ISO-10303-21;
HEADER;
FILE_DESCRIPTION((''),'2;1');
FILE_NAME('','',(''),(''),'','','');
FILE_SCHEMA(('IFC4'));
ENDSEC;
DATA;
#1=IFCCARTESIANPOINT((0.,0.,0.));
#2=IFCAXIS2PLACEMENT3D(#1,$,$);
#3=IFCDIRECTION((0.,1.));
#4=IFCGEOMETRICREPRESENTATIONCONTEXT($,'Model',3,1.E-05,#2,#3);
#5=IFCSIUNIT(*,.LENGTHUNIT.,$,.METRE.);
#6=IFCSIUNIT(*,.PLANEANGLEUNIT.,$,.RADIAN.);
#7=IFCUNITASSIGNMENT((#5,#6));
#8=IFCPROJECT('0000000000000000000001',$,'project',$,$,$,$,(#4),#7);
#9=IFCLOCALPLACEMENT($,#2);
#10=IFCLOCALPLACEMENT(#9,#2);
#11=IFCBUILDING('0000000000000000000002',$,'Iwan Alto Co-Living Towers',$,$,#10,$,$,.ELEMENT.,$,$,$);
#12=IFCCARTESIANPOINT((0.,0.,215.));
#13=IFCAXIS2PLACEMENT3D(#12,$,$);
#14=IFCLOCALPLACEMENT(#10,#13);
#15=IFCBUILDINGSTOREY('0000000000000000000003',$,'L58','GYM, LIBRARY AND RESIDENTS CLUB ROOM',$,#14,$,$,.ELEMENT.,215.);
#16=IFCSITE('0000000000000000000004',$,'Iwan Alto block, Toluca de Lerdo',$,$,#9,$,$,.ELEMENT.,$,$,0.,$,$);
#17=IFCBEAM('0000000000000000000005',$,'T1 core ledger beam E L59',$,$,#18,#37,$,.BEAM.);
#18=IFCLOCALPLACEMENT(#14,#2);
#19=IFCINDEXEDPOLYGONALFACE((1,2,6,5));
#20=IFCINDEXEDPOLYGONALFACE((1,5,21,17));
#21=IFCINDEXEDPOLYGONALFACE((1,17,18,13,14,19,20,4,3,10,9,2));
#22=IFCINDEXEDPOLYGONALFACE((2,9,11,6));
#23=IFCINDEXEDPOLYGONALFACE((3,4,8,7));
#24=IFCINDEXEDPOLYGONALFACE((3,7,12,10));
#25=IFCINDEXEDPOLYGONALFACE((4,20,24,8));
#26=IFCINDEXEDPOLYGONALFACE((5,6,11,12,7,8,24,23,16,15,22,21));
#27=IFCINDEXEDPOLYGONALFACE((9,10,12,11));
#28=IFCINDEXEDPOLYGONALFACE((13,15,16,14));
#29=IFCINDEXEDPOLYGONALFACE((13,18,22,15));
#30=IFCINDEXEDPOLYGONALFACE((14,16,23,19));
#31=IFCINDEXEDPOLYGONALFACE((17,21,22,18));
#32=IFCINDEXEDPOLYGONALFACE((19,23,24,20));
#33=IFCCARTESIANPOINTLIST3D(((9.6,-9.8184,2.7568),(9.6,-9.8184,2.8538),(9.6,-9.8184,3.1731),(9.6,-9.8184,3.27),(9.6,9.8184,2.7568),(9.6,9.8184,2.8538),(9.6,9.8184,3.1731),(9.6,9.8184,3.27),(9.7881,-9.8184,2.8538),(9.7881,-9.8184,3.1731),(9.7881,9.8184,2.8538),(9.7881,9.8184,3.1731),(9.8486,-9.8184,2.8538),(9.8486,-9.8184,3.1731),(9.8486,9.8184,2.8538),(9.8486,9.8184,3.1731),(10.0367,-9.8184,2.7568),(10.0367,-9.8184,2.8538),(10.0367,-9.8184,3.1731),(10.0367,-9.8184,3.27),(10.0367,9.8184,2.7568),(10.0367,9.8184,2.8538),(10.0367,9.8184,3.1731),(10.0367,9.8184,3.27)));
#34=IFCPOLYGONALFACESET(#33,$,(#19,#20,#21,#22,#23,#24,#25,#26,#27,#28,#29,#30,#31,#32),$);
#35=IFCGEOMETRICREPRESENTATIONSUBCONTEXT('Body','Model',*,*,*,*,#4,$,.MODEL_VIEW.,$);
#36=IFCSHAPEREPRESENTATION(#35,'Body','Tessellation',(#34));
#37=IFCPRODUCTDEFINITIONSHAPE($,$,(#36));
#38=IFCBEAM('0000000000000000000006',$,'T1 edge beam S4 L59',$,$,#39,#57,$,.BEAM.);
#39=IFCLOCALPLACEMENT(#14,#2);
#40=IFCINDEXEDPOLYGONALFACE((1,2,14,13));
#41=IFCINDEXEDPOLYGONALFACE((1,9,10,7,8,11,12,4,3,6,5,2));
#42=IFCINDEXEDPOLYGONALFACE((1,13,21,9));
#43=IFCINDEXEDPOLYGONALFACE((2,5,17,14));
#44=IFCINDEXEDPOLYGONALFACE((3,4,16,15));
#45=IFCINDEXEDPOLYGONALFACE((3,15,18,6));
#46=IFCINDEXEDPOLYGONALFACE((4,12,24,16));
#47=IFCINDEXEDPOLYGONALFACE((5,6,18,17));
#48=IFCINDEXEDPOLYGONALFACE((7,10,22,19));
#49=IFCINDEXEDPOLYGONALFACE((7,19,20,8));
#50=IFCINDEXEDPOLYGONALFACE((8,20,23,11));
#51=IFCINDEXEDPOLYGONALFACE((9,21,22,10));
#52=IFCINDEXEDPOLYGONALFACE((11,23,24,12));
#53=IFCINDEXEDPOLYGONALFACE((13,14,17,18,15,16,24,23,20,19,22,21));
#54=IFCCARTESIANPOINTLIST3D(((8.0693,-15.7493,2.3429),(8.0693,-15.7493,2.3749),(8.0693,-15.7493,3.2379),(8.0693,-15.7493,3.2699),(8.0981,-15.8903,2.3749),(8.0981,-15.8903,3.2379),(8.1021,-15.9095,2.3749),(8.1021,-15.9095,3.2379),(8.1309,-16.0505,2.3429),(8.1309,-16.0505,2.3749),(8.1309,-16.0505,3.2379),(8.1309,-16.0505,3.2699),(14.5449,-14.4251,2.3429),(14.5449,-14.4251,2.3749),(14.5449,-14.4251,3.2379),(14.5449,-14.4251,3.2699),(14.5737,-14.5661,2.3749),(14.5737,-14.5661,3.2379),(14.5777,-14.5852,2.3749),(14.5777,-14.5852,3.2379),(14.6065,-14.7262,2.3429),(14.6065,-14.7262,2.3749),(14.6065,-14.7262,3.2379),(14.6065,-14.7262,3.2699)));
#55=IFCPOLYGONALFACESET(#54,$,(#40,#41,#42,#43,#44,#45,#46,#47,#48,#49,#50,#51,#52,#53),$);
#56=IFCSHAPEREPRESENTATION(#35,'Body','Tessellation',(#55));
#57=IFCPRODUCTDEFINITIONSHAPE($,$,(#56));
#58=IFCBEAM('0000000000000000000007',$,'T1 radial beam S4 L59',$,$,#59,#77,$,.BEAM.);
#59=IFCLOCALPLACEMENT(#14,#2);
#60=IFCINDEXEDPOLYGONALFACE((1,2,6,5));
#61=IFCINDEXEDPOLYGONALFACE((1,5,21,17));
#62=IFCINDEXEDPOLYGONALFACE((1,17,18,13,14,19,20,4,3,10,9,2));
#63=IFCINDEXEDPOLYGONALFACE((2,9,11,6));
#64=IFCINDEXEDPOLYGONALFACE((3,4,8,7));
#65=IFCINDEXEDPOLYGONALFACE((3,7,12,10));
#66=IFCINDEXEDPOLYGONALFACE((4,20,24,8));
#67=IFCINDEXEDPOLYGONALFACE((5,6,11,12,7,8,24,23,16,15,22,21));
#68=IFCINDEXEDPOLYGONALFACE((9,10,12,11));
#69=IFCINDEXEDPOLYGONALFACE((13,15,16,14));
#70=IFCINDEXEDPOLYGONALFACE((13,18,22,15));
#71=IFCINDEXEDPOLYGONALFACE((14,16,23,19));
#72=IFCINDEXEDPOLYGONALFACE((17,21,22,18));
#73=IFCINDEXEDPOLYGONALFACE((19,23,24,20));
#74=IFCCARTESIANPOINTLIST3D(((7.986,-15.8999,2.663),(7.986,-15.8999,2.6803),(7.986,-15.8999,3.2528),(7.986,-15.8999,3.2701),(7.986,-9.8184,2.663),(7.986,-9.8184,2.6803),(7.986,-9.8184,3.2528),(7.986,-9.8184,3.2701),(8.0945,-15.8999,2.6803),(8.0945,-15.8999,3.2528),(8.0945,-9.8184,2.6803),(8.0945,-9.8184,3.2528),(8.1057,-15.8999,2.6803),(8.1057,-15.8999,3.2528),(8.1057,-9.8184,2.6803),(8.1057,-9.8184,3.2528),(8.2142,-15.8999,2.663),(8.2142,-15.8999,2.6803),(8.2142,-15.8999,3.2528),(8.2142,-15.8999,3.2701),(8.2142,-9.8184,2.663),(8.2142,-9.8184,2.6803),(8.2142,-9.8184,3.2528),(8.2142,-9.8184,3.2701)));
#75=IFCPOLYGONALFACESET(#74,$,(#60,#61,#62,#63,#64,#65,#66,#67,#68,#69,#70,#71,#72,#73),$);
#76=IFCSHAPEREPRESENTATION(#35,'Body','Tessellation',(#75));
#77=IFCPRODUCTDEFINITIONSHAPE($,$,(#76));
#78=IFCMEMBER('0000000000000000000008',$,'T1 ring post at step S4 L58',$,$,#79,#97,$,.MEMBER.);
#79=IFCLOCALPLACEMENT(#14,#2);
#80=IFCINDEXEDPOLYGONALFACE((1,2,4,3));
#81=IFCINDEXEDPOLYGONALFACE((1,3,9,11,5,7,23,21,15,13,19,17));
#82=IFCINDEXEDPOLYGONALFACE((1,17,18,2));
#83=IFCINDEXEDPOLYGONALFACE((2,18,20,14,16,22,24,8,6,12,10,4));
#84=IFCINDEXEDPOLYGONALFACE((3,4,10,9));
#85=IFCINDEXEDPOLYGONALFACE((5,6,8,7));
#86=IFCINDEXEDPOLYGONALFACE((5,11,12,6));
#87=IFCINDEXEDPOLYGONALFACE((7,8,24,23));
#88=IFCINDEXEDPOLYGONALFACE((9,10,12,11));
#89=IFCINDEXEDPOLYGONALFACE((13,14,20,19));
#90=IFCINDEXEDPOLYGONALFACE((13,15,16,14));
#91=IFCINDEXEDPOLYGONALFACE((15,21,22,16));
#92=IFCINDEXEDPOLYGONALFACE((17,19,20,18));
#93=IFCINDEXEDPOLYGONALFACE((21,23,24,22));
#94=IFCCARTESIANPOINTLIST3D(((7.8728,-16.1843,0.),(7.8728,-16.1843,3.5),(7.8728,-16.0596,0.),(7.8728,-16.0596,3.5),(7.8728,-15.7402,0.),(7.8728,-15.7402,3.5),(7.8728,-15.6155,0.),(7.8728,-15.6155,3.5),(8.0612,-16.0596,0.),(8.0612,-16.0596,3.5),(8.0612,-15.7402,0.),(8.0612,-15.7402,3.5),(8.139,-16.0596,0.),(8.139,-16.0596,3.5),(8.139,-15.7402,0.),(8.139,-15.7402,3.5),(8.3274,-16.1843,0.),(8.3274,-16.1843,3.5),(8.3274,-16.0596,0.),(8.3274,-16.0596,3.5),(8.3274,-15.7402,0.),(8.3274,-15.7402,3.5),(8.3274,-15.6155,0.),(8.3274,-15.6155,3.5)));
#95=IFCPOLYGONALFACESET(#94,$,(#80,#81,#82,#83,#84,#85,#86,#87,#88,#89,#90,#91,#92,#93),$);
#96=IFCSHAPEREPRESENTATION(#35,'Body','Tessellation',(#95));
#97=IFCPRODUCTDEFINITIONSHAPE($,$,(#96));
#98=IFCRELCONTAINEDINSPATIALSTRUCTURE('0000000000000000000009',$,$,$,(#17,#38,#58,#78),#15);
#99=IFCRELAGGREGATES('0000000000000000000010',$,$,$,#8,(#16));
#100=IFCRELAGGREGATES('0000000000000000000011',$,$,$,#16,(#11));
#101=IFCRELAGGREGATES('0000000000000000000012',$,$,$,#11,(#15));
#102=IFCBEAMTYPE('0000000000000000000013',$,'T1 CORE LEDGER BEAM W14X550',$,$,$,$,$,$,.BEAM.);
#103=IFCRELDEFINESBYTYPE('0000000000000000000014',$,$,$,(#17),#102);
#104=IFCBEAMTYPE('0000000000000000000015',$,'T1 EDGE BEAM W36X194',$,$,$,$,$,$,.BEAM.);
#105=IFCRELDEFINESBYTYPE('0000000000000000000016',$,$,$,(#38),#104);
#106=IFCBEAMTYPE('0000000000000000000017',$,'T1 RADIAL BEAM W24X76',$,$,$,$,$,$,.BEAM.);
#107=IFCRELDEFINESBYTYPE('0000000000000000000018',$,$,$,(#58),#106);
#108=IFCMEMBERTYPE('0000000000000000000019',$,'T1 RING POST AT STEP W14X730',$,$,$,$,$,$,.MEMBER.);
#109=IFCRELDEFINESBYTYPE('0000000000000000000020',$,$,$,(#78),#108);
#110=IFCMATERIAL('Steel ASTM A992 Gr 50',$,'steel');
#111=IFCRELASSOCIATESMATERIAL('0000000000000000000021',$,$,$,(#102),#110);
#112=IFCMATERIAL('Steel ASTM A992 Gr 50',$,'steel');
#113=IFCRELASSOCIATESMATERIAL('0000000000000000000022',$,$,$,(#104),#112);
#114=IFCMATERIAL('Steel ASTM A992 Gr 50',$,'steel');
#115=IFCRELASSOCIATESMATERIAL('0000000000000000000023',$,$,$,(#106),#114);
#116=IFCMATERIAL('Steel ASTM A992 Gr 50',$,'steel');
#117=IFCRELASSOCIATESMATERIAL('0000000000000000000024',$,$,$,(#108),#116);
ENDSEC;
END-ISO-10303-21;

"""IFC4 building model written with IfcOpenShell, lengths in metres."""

from ifc_helpers import new_model, si_unit, direction, frame, origin, origin_2d, place, context, subcontext, project, spatial, i_section, extrude, material, material_profile, profile_set, type_object, element, save


model = new_model("IFC4")

# Units and contexts
model_context = context("Model", 3, precision=1e-05, world=origin(), true_north=direction((0.0, 1.0)))
body_context = subcontext(model_context, "Body", "Model", "MODEL_VIEW")
ifc_project = project(units=[si_unit("LENGTHUNIT", "METRE"), si_unit("PLANEANGLEUNIT", "RADIAN")], contexts=[model_context])

# Site, building, storey
site_placement = place(None, origin())
site = spatial("IfcSite", under=ifc_project, at=site_placement, Name="Iwan Alto block, Toluca de Lerdo", CompositionType="ELEMENT", RefElevation=0.0)
building_placement = place(site_placement, origin())
building = spatial("IfcBuilding", under=site, at=building_placement, Name="Iwan Alto Co-Living Towers", CompositionType="ELEMENT")
storey_placement = place(building_placement, frame((0.0, 0.0, 215.0)))
storey = spatial("IfcBuildingStorey", under=building, at=storey_placement, Name="L58", Description="GYM, LIBRARY AND RESIDENTS CLUB ROOM", CompositionType="ELEMENT", Elevation=215.0)

# Beams
ifc_material_1 = material(Name="Steel ASTM A992 Gr 50", Category="steel")
ifc_material_profile_1 = material_profile(ifc_material_1, i_section(OverallWidth=0.4368, OverallDepth=0.5132, WebThickness=0.0605, FlangeThickness=0.0969, at=origin_2d()), Name="W14X550")
ifc_profile_set_1 = profile_set([ifc_material_profile_1], Name="Steel ASTM A992 Gr 50")
beam_type_1 = type_object("IfcBeamType", Name="T1 CORE LEDGER BEAM W14X550", PredefinedType="BEAM", material=ifc_profile_set_1)
beam_1_placement = place(storey_placement, frame((9.8184, -9.8184, 3.0134), z_axis=(0.0, 1.0, 0.0), x_axis=(-1.0, 0.0, 0.0)))
element("IfcBeam", 1, at=beam_1_placement, inside=storey, type_object=beam_type_1, Name="T1 core ledger beam E L59", PredefinedType="BEAM", context=body_context, shape_type="SweptSolid", body=[
    extrude(i_section(OverallWidth=0.4368, OverallDepth=0.5132, WebThickness=0.0605, FlangeThickness=0.0969, at=origin_2d()), origin(), (0.0, 0.0, 1.0), 19.6367),
])
ifc_material_2 = material(Name="Steel ASTM A992 Gr 50", Category="steel")
ifc_material_profile_2 = material_profile(ifc_material_2, i_section(OverallWidth=0.3074, OverallDepth=0.927, WebThickness=0.0195, FlangeThickness=0.032, at=origin_2d()), Name="W36X194")
ifc_profile_set_2 = profile_set([ifc_material_profile_2], Name="Steel ASTM A992 Gr 50")
beam_type_2 = type_object("IfcBeamType", Name="T1 EDGE BEAM W36X194", PredefinedType="BEAM", material=ifc_profile_set_2)
beam_2_placement = place(storey_placement, frame((8.1001, -15.8999, 2.8064), z_axis=(0.979725, 0.200348, 0.0), x_axis=(-0.200348, 0.979725, 0.0)))
element("IfcBeam", 2, at=beam_2_placement, inside=storey, type_object=beam_type_2, Name="T1 edge beam S4 L59", PredefinedType="BEAM", context=body_context, shape_type="SweptSolid", body=[
    extrude(i_section(OverallWidth=0.3074, OverallDepth=0.927, WebThickness=0.0195, FlangeThickness=0.032, at=origin_2d()), origin(), (0.0, 0.0, 1.0), 6.6096),
])
ifc_material_3 = material(Name="Steel ASTM A992 Gr 50", Category="steel")
ifc_material_profile_3 = material_profile(ifc_material_3, i_section(OverallWidth=0.2283, OverallDepth=0.6072, WebThickness=0.0112, FlangeThickness=0.0173, at=origin_2d()), Name="W24X76")
ifc_profile_set_3 = profile_set([ifc_material_profile_3], Name="Steel ASTM A992 Gr 50")
beam_type_3 = type_object("IfcBeamType", Name="T1 RADIAL BEAM W24X76", PredefinedType="BEAM", material=ifc_profile_set_3)
beam_3_placement = place(storey_placement, frame((8.1001, -15.8999, 2.9666), z_axis=(0.0, 1.0, 0.0), x_axis=(-1.0, 0.0, 0.0)))
element("IfcBeam", 3, at=beam_3_placement, inside=storey, type_object=beam_type_3, Name="T1 radial beam S4 L59", PredefinedType="BEAM", context=body_context, shape_type="SweptSolid", body=[
    extrude(i_section(OverallWidth=0.2283, OverallDepth=0.6072, WebThickness=0.0112, FlangeThickness=0.0173, at=origin_2d()), origin(), (0.0, 0.0, 1.0), 6.0815),
])

# Member
ifc_material_4 = material(Name="Steel ASTM A992 Gr 50", Category="steel")
ifc_material_profile_4 = material_profile(ifc_material_4, i_section(OverallWidth=0.4546, OverallDepth=0.5688, WebThickness=0.0779, FlangeThickness=0.1248, at=origin_2d()), Name="W14X730")
ifc_profile_set_4 = profile_set([ifc_material_profile_4], Name="Steel ASTM A992 Gr 50")
member_type = type_object("IfcMemberType", Name="T1 RING POST AT STEP W14X730", PredefinedType="MEMBER", material=ifc_profile_set_4)
member_placement = place(storey_placement, frame((8.1001, -15.8999, 0.0), z_axis=(0.0, 0.0, 1.0), x_axis=(1.0, 0.0, 0.0)))
element("IfcMember", 4, at=member_placement, inside=storey, type_object=member_type, Name="T1 ring post at step S4 L58", PredefinedType="MEMBER", context=body_context, shape_type="SweptSolid", body=[
    extrude(i_section(OverallWidth=0.4546, OverallDepth=0.5688, WebThickness=0.0779, FlangeThickness=0.1248, at=origin_2d()), origin(), (0.0, 0.0, 1.0), 3.5),
])

save(model, "model.ifc")
